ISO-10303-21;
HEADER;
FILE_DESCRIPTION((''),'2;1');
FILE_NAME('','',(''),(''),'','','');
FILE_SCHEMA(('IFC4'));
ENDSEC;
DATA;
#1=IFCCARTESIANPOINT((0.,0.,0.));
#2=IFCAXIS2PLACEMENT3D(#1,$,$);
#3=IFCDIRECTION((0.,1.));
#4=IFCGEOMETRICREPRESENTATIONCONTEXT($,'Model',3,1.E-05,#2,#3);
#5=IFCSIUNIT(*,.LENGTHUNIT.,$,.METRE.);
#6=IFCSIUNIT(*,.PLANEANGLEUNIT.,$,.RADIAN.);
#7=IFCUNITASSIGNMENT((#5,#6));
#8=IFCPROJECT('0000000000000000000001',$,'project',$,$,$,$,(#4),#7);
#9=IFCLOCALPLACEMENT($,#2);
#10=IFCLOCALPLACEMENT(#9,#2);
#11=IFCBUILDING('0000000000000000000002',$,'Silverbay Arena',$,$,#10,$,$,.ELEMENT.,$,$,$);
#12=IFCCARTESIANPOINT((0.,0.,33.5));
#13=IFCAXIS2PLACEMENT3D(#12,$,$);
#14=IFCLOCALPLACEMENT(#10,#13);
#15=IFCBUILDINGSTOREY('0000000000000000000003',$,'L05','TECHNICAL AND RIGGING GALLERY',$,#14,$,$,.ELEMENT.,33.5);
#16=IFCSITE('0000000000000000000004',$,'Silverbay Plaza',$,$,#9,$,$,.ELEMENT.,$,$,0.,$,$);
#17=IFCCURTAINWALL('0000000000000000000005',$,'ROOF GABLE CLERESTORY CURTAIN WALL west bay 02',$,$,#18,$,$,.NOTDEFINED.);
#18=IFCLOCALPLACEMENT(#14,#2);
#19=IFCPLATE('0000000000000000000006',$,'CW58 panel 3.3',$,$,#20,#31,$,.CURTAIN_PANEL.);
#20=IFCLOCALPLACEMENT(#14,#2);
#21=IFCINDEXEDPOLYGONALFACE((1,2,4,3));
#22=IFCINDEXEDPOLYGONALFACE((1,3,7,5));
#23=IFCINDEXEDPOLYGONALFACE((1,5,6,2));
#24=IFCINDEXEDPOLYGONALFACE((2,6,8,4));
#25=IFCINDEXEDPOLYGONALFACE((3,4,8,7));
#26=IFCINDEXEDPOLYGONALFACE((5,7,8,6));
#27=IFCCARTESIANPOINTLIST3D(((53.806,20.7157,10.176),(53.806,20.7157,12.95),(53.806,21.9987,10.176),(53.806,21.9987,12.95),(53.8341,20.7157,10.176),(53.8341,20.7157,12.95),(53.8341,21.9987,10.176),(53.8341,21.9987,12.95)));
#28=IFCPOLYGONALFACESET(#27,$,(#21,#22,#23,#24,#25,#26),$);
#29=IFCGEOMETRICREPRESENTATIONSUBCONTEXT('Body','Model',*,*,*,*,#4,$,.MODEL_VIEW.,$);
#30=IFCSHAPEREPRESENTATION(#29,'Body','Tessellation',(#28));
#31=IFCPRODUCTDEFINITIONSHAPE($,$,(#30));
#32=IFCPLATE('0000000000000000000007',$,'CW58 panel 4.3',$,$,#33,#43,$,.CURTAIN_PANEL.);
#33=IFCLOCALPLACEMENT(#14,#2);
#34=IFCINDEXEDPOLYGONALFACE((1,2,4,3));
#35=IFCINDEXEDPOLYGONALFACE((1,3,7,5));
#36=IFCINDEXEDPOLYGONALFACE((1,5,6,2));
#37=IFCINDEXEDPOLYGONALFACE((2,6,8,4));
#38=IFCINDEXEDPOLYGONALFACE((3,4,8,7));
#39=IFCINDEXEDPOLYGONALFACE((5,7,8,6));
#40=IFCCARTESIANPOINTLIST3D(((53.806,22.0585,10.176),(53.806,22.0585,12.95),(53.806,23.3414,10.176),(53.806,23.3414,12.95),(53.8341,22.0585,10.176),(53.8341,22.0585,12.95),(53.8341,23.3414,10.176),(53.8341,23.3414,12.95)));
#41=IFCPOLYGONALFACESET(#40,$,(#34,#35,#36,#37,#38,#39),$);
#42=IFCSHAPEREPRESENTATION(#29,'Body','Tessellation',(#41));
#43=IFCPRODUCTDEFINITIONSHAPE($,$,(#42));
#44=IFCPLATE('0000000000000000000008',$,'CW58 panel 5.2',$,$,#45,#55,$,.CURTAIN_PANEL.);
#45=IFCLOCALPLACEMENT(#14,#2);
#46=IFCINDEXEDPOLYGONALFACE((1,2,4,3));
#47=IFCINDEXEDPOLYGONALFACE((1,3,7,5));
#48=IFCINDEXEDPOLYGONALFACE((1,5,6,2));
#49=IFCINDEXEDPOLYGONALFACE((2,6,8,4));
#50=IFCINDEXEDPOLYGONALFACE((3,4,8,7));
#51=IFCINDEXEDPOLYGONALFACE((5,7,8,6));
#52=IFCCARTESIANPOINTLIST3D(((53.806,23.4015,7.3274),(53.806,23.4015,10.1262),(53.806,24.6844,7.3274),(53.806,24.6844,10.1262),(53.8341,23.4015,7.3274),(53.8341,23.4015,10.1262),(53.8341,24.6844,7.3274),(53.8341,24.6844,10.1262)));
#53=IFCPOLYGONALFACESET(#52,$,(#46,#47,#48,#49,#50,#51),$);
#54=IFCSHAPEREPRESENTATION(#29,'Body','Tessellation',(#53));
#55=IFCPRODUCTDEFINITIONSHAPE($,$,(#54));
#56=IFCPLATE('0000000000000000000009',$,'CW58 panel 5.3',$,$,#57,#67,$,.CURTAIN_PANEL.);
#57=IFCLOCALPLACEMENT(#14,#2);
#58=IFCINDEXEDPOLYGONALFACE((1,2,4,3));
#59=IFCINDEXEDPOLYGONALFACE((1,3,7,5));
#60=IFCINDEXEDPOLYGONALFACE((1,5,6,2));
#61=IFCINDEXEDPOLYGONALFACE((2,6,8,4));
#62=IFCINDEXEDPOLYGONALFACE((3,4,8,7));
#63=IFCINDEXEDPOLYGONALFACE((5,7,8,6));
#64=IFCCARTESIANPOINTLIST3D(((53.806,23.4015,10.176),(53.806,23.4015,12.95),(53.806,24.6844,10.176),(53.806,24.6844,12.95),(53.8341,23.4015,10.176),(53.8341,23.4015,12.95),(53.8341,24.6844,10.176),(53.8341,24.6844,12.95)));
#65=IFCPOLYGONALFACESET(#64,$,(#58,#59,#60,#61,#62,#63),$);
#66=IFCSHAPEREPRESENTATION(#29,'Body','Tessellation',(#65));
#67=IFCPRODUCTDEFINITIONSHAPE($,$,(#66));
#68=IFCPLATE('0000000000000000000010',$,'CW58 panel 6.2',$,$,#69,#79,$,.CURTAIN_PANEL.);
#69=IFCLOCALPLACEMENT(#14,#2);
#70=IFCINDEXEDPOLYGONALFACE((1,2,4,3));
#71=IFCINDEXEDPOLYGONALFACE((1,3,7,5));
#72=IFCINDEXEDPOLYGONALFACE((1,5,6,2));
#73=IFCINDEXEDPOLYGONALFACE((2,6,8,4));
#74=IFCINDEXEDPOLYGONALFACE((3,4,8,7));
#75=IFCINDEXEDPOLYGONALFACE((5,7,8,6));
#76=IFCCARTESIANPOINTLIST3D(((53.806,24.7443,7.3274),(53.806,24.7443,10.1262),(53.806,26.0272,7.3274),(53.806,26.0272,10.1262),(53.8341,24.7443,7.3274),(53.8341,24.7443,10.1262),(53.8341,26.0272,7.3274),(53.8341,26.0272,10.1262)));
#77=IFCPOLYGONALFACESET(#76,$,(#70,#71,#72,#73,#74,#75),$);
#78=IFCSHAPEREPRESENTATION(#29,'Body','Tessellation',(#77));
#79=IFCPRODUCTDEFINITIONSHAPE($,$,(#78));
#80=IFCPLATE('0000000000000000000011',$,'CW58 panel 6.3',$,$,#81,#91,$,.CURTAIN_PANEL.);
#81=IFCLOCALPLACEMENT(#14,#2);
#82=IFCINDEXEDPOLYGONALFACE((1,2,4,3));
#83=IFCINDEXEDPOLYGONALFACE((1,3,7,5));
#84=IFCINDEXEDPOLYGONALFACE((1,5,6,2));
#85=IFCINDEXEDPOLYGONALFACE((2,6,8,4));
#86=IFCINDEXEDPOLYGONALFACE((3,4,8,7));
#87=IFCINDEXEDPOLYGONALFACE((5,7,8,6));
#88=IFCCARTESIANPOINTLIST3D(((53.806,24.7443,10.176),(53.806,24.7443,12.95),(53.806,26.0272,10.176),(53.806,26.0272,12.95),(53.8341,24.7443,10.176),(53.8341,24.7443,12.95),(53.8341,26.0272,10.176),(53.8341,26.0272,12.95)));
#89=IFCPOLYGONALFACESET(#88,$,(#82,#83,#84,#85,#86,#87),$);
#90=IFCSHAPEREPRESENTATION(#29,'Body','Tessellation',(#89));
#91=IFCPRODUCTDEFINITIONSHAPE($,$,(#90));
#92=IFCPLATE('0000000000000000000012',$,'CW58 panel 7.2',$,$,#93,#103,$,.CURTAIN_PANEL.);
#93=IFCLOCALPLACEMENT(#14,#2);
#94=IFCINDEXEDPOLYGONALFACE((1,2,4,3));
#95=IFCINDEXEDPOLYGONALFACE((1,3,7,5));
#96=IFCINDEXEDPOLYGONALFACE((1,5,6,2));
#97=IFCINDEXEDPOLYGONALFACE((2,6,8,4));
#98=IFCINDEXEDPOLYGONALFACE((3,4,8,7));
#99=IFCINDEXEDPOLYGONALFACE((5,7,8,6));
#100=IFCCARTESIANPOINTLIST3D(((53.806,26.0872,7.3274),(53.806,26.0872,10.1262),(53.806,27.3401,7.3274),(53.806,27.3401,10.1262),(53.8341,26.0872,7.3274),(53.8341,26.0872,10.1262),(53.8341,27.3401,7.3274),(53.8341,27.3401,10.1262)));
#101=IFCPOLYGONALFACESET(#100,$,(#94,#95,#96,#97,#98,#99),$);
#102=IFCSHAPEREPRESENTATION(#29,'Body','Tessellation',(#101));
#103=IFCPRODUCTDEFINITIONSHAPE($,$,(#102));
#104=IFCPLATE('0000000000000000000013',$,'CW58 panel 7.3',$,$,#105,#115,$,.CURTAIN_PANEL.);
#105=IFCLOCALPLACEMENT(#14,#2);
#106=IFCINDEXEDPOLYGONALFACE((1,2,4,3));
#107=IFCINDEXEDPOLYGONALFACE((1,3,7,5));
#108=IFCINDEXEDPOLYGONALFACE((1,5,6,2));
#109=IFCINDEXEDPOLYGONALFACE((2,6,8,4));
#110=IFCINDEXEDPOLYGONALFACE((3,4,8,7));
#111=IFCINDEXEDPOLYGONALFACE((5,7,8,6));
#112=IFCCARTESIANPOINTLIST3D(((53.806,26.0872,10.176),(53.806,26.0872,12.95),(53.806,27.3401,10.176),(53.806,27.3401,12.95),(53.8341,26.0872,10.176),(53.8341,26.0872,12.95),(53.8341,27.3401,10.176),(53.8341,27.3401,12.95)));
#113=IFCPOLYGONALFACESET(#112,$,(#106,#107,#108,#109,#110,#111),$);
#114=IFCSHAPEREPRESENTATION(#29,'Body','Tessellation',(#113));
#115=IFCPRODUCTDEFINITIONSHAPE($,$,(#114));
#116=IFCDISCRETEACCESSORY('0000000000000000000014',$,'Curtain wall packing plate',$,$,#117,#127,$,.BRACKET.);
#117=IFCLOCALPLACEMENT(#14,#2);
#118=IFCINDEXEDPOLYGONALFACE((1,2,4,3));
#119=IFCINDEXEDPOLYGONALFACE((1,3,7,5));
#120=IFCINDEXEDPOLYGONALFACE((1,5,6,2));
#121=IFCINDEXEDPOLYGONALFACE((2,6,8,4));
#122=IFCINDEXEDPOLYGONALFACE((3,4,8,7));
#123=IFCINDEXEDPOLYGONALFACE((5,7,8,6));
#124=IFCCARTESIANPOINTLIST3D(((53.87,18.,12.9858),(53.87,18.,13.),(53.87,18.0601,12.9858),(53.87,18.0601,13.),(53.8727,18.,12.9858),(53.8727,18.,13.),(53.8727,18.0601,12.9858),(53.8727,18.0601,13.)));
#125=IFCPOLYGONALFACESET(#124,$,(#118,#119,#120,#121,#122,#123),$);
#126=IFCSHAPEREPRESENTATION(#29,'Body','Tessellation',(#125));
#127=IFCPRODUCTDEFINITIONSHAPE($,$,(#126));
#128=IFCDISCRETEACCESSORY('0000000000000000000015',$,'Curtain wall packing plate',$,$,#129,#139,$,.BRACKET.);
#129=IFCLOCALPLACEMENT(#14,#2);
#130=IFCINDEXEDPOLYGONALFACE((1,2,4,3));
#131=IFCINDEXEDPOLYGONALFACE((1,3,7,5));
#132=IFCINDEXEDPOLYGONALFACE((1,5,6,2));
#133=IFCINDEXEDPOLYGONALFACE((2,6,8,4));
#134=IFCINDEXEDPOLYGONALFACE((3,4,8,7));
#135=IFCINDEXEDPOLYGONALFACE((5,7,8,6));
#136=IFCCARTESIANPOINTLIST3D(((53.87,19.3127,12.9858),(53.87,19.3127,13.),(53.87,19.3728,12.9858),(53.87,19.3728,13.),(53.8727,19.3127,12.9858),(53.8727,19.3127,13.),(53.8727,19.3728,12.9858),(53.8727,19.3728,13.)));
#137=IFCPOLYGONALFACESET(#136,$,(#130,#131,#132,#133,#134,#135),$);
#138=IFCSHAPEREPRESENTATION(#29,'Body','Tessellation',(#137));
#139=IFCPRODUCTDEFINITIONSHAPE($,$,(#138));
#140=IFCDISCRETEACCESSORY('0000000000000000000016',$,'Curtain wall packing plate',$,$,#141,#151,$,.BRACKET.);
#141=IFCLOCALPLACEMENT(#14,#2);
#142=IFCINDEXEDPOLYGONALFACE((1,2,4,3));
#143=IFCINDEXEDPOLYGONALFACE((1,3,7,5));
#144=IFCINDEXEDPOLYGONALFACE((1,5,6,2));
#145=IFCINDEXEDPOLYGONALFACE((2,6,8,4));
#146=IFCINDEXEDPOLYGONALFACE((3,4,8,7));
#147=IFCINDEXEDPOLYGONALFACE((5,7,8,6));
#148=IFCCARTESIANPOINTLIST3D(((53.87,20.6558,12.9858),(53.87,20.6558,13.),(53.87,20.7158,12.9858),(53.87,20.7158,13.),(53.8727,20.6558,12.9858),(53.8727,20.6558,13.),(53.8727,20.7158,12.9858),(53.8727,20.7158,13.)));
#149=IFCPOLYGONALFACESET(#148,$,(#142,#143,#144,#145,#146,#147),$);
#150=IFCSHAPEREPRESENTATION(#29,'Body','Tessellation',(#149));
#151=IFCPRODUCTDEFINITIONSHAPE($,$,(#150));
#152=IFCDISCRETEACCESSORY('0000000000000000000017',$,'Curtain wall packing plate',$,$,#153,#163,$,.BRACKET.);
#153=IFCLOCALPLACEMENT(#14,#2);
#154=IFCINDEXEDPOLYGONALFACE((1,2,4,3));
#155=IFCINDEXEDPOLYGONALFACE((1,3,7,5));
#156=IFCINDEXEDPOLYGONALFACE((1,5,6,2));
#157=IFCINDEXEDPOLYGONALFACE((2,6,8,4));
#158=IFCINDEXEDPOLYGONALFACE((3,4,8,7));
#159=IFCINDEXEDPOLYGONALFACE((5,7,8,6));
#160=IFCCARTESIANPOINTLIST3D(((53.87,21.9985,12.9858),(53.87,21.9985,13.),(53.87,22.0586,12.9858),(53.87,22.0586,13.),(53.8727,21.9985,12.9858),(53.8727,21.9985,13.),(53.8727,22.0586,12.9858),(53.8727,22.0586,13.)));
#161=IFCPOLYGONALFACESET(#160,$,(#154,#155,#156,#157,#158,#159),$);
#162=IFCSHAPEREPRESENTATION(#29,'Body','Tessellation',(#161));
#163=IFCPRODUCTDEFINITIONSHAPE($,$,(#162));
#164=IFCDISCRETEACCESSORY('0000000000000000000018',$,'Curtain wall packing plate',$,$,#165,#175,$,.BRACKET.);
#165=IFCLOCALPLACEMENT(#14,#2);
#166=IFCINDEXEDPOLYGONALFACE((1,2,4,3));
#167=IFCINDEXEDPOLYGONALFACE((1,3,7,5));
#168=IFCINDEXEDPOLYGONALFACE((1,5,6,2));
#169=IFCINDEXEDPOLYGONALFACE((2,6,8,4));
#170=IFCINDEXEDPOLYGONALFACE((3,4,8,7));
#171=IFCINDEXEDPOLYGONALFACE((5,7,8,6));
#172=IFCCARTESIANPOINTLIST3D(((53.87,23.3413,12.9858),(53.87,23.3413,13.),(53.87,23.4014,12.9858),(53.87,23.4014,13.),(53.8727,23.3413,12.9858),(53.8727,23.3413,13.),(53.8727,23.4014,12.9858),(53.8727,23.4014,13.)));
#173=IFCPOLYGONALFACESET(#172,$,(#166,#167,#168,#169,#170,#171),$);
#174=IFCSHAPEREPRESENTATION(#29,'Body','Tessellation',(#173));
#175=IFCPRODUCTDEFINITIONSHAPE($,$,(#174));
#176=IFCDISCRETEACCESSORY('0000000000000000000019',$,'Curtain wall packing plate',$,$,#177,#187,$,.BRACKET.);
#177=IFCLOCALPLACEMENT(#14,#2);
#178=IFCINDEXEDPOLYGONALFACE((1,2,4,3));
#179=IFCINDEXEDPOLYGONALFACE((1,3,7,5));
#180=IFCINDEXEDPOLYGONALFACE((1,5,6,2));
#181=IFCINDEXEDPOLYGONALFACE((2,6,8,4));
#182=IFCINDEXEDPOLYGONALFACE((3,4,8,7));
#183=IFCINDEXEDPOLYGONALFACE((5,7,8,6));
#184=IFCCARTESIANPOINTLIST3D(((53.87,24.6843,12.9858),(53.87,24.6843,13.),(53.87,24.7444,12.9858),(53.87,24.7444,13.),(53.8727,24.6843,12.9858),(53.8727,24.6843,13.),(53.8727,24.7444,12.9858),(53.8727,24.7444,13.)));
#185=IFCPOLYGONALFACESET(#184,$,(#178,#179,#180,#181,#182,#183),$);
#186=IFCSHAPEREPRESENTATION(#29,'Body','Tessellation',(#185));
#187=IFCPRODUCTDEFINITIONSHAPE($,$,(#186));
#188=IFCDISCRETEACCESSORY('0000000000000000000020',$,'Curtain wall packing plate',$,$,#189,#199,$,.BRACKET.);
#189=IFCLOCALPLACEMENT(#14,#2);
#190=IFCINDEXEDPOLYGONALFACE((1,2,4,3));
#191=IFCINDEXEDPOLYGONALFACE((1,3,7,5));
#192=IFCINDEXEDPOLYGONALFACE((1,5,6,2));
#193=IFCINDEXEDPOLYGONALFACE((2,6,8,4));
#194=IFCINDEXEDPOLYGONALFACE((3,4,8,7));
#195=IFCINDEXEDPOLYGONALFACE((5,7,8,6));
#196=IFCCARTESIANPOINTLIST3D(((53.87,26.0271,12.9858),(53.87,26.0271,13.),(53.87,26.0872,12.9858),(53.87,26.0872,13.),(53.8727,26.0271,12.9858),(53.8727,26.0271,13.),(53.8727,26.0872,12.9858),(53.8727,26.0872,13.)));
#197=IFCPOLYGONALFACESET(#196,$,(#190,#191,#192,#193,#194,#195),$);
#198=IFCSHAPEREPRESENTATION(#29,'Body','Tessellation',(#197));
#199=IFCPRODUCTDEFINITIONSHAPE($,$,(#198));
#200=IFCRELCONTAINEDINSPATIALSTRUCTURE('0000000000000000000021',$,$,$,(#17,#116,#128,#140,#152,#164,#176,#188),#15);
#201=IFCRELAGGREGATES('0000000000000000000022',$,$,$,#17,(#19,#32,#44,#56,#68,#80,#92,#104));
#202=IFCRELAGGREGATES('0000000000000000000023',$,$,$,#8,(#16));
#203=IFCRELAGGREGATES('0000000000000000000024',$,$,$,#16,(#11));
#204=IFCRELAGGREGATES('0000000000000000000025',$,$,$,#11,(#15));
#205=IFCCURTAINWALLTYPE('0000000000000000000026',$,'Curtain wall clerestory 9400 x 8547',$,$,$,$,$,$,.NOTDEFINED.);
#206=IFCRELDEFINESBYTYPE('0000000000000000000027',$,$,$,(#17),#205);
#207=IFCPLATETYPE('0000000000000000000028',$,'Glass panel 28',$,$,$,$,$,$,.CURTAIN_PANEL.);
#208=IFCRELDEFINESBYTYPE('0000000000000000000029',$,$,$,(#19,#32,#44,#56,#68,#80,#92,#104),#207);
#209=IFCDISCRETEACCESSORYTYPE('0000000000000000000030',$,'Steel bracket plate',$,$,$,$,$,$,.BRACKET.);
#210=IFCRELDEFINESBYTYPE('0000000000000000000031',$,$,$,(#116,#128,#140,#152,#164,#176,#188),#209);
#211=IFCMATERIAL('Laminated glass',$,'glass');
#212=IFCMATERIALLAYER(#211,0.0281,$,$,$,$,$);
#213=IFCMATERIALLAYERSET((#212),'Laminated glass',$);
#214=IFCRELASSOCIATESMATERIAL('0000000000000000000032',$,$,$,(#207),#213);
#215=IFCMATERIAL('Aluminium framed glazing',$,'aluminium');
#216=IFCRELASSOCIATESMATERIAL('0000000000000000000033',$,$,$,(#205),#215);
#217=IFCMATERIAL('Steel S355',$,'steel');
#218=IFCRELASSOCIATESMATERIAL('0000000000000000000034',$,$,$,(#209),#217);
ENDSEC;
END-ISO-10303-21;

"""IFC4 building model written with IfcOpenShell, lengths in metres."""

from ifc_helpers import new_model, si_unit, direction, frame, origin, origin_2d, place, context, subcontext, project, spatial, rectangle, extrude, material, layer, layer_set, type_object, element, aggregate, save


model = new_model("IFC4")

# Units and contexts
model_context = context("Model", 3, precision=1e-05, world=origin(), true_north=direction((0.0, 1.0)))
body_context = subcontext(model_context, "Body", "Model", "MODEL_VIEW")
ifc_project = project(units=[si_unit("LENGTHUNIT", "METRE"), si_unit("PLANEANGLEUNIT", "RADIAN")], contexts=[model_context])

# Site, building, storey
site_placement = place(None, origin())
site = spatial("IfcSite", under=ifc_project, at=site_placement, Name="Silverbay Plaza", CompositionType="ELEMENT", RefElevation=0.0)
building_placement = place(site_placement, origin())
building = spatial("IfcBuilding", under=site, at=building_placement, Name="Silverbay Arena", CompositionType="ELEMENT")
storey_placement = place(building_placement, frame((0.0, 0.0, 33.5)))
storey = spatial("IfcBuildingStorey", under=building, at=storey_placement, Name="L05", Description="TECHNICAL AND RIGGING GALLERY", CompositionType="ELEMENT", Elevation=33.5)

# Shared definitions
ifc_material_1 = material(Name="Laminated glass", Category="glass")
ifc_layer = layer(ifc_material_1, 0.0281)
ifc_layer_set = layer_set([ifc_layer], Name="Laminated glass")
plate_type = type_object("IfcPlateType", Name="Glass panel 28", PredefinedType="CURTAIN_PANEL", material=ifc_layer_set)

# Curtain wall, plates
ifc_material_2 = material(Name="Aluminium framed glazing", Category="aluminium")
curtain_wall_type_1 = type_object("IfcCurtainWallType", Name="Curtain wall clerestory 9400 x 8547", PredefinedType="NOTDEFINED", material=ifc_material_2)
curtain_wall_1_placement = place(storey_placement, origin())
curtain_wall_1 = element("IfcCurtainWall", 1, at=curtain_wall_1_placement, inside=storey, type_object=curtain_wall_type_1, Name="ROOF GABLE CLERESTORY CURTAIN WALL west bay 02", PredefinedType="NOTDEFINED")
plate_1_placement = place(storey_placement, frame((53.8201, 21.3572, 10.176), z_axis=(0.0, 0.0, 1.0), x_axis=(0.0, 1.0, 0.0)))
plate_1 = element("IfcPlate", 2, at=plate_1_placement, type_object=plate_type, Name="CW58 panel 3.3", PredefinedType="CURTAIN_PANEL", context=body_context, shape_type="SweptSolid", body=[
    extrude(rectangle(XDim=1.283, YDim=0.0281, at=origin_2d()), origin(), (0.0, 0.0, 1.0), 2.7739),
])
plate_2_placement = place(storey_placement, frame((53.8201, 22.7, 10.176), z_axis=(0.0, 0.0, 1.0), x_axis=(0.0, 1.0, 0.0)))
plate_2 = element("IfcPlate", 3, at=plate_2_placement, type_object=plate_type, Name="CW58 panel 4.3", PredefinedType="CURTAIN_PANEL", context=body_context, shape_type="SweptSolid", body=[
    extrude(rectangle(XDim=1.283, YDim=0.0281, at=origin_2d()), origin(), (0.0, 0.0, 1.0), 2.7739),
])
plate_3_placement = place(storey_placement, frame((53.8201, 24.043, 7.3274), z_axis=(0.0, 0.0, 1.0), x_axis=(0.0, 1.0, 0.0)))
plate_3 = element("IfcPlate", 4, at=plate_3_placement, type_object=plate_type, Name="CW58 panel 5.2", PredefinedType="CURTAIN_PANEL", context=body_context, shape_type="SweptSolid", body=[
    extrude(rectangle(XDim=1.283, YDim=0.0281, at=origin_2d()), origin(), (0.0, 0.0, 1.0), 2.7988),
])
plate_4_placement = place(storey_placement, frame((53.8201, 24.043, 10.176), z_axis=(0.0, 0.0, 1.0), x_axis=(0.0, 1.0, 0.0)))
plate_4 = element("IfcPlate", 5, at=plate_4_placement, type_object=plate_type, Name="CW58 panel 5.3", PredefinedType="CURTAIN_PANEL", context=body_context, shape_type="SweptSolid", body=[
    extrude(rectangle(XDim=1.283, YDim=0.0281, at=origin_2d()), origin(), (0.0, 0.0, 1.0), 2.7739),
])
plate_5_placement = place(storey_placement, frame((53.8201, 25.3857, 7.3274), z_axis=(0.0, 0.0, 1.0), x_axis=(0.0, 1.0, 0.0)))
plate_5 = element("IfcPlate", 6, at=plate_5_placement, type_object=plate_type, Name="CW58 panel 6.2", PredefinedType="CURTAIN_PANEL", context=body_context, shape_type="SweptSolid", body=[
    extrude(rectangle(XDim=1.283, YDim=0.0281, at=origin_2d()), origin(), (0.0, 0.0, 1.0), 2.7988),
])
plate_6_placement = place(storey_placement, frame((53.8201, 25.3857, 10.176), z_axis=(0.0, 0.0, 1.0), x_axis=(0.0, 1.0, 0.0)))
plate_6 = element("IfcPlate", 7, at=plate_6_placement, type_object=plate_type, Name="CW58 panel 6.3", PredefinedType="CURTAIN_PANEL", context=body_context, shape_type="SweptSolid", body=[
    extrude(rectangle(XDim=1.283, YDim=0.0281, at=origin_2d()), origin(), (0.0, 0.0, 1.0), 2.7739),
])
plate_7_placement = place(storey_placement, frame((53.8201, 26.7136, 7.3274), z_axis=(0.0, 0.0, 1.0), x_axis=(0.0, 1.0, 0.0)))
plate_7 = element("IfcPlate", 8, at=plate_7_placement, type_object=plate_type, Name="CW58 panel 7.2", PredefinedType="CURTAIN_PANEL", context=body_context, shape_type="SweptSolid", body=[
    extrude(rectangle(XDim=1.2529, YDim=0.0281, at=origin_2d()), origin(), (0.0, 0.0, 1.0), 2.7988),
])
plate_8_placement = place(storey_placement, frame((53.8201, 26.7136, 10.176), z_axis=(0.0, 0.0, 1.0), x_axis=(0.0, 1.0, 0.0)))
plate_8 = element("IfcPlate", 9, at=plate_8_placement, type_object=plate_type, Name="CW58 panel 7.3", PredefinedType="CURTAIN_PANEL", context=body_context, shape_type="SweptSolid", body=[
    extrude(rectangle(XDim=1.2529, YDim=0.0281, at=origin_2d()), origin(), (0.0, 0.0, 1.0), 2.7739),
])
aggregate(curtain_wall_1, [plate_1, plate_2, plate_3, plate_4, plate_5, plate_6, plate_7, plate_8])

# Discrete accessories
ifc_material_3 = material(Name="Steel S355", Category="steel")
discrete_accessory_type = type_object("IfcDiscreteAccessoryType", Name="Steel bracket plate", PredefinedType="BRACKET", material=ifc_material_3)
for number, where, z_axis, x_axis, name in (
    (10, (53.8713, 18.03, 12.9858), (0.0, 0.0, 1.0), (1.0, 0.0, 0.0), "Curtain wall packing plate"),
    (11, (53.8713, 19.3428, 12.9858), (0.0, 0.0, 1.0), (1.0, 0.0, 0.0), "Curtain wall packing plate"),
    (12, (53.8713, 20.6858, 12.9858), (0.0, 0.0, 1.0), (1.0, 0.0, 0.0), "Curtain wall packing plate"),
    (13, (53.8713, 22.0286, 12.9858), (0.0, 0.0, 1.0), (1.0, 0.0, 0.0), "Curtain wall packing plate"),
    (14, (53.8713, 23.3713, 12.9858), (0.0, 0.0, 1.0), (1.0, 0.0, 0.0), "Curtain wall packing plate"),
    (15, (53.8713, 24.7144, 12.9858), (0.0, 0.0, 1.0), (1.0, 0.0, 0.0), "Curtain wall packing plate"),
    (16, (53.8713, 26.0571, 12.9858), (0.0, 0.0, 1.0), (1.0, 0.0, 0.0), "Curtain wall packing plate"),
):
    element("IfcDiscreteAccessory", number, at=place(storey_placement, frame(where, z_axis=z_axis, x_axis=x_axis)), inside=storey, type_object=discrete_accessory_type, Name=name, PredefinedType="BRACKET", context=body_context, shape_type="SweptSolid", body=[
        extrude(rectangle(XDim=0.0027, YDim=0.0601, at=origin_2d()), origin(), (0.0, 0.0, 1.0), 0.0142),
    ])

save(model, "model.ifc")
